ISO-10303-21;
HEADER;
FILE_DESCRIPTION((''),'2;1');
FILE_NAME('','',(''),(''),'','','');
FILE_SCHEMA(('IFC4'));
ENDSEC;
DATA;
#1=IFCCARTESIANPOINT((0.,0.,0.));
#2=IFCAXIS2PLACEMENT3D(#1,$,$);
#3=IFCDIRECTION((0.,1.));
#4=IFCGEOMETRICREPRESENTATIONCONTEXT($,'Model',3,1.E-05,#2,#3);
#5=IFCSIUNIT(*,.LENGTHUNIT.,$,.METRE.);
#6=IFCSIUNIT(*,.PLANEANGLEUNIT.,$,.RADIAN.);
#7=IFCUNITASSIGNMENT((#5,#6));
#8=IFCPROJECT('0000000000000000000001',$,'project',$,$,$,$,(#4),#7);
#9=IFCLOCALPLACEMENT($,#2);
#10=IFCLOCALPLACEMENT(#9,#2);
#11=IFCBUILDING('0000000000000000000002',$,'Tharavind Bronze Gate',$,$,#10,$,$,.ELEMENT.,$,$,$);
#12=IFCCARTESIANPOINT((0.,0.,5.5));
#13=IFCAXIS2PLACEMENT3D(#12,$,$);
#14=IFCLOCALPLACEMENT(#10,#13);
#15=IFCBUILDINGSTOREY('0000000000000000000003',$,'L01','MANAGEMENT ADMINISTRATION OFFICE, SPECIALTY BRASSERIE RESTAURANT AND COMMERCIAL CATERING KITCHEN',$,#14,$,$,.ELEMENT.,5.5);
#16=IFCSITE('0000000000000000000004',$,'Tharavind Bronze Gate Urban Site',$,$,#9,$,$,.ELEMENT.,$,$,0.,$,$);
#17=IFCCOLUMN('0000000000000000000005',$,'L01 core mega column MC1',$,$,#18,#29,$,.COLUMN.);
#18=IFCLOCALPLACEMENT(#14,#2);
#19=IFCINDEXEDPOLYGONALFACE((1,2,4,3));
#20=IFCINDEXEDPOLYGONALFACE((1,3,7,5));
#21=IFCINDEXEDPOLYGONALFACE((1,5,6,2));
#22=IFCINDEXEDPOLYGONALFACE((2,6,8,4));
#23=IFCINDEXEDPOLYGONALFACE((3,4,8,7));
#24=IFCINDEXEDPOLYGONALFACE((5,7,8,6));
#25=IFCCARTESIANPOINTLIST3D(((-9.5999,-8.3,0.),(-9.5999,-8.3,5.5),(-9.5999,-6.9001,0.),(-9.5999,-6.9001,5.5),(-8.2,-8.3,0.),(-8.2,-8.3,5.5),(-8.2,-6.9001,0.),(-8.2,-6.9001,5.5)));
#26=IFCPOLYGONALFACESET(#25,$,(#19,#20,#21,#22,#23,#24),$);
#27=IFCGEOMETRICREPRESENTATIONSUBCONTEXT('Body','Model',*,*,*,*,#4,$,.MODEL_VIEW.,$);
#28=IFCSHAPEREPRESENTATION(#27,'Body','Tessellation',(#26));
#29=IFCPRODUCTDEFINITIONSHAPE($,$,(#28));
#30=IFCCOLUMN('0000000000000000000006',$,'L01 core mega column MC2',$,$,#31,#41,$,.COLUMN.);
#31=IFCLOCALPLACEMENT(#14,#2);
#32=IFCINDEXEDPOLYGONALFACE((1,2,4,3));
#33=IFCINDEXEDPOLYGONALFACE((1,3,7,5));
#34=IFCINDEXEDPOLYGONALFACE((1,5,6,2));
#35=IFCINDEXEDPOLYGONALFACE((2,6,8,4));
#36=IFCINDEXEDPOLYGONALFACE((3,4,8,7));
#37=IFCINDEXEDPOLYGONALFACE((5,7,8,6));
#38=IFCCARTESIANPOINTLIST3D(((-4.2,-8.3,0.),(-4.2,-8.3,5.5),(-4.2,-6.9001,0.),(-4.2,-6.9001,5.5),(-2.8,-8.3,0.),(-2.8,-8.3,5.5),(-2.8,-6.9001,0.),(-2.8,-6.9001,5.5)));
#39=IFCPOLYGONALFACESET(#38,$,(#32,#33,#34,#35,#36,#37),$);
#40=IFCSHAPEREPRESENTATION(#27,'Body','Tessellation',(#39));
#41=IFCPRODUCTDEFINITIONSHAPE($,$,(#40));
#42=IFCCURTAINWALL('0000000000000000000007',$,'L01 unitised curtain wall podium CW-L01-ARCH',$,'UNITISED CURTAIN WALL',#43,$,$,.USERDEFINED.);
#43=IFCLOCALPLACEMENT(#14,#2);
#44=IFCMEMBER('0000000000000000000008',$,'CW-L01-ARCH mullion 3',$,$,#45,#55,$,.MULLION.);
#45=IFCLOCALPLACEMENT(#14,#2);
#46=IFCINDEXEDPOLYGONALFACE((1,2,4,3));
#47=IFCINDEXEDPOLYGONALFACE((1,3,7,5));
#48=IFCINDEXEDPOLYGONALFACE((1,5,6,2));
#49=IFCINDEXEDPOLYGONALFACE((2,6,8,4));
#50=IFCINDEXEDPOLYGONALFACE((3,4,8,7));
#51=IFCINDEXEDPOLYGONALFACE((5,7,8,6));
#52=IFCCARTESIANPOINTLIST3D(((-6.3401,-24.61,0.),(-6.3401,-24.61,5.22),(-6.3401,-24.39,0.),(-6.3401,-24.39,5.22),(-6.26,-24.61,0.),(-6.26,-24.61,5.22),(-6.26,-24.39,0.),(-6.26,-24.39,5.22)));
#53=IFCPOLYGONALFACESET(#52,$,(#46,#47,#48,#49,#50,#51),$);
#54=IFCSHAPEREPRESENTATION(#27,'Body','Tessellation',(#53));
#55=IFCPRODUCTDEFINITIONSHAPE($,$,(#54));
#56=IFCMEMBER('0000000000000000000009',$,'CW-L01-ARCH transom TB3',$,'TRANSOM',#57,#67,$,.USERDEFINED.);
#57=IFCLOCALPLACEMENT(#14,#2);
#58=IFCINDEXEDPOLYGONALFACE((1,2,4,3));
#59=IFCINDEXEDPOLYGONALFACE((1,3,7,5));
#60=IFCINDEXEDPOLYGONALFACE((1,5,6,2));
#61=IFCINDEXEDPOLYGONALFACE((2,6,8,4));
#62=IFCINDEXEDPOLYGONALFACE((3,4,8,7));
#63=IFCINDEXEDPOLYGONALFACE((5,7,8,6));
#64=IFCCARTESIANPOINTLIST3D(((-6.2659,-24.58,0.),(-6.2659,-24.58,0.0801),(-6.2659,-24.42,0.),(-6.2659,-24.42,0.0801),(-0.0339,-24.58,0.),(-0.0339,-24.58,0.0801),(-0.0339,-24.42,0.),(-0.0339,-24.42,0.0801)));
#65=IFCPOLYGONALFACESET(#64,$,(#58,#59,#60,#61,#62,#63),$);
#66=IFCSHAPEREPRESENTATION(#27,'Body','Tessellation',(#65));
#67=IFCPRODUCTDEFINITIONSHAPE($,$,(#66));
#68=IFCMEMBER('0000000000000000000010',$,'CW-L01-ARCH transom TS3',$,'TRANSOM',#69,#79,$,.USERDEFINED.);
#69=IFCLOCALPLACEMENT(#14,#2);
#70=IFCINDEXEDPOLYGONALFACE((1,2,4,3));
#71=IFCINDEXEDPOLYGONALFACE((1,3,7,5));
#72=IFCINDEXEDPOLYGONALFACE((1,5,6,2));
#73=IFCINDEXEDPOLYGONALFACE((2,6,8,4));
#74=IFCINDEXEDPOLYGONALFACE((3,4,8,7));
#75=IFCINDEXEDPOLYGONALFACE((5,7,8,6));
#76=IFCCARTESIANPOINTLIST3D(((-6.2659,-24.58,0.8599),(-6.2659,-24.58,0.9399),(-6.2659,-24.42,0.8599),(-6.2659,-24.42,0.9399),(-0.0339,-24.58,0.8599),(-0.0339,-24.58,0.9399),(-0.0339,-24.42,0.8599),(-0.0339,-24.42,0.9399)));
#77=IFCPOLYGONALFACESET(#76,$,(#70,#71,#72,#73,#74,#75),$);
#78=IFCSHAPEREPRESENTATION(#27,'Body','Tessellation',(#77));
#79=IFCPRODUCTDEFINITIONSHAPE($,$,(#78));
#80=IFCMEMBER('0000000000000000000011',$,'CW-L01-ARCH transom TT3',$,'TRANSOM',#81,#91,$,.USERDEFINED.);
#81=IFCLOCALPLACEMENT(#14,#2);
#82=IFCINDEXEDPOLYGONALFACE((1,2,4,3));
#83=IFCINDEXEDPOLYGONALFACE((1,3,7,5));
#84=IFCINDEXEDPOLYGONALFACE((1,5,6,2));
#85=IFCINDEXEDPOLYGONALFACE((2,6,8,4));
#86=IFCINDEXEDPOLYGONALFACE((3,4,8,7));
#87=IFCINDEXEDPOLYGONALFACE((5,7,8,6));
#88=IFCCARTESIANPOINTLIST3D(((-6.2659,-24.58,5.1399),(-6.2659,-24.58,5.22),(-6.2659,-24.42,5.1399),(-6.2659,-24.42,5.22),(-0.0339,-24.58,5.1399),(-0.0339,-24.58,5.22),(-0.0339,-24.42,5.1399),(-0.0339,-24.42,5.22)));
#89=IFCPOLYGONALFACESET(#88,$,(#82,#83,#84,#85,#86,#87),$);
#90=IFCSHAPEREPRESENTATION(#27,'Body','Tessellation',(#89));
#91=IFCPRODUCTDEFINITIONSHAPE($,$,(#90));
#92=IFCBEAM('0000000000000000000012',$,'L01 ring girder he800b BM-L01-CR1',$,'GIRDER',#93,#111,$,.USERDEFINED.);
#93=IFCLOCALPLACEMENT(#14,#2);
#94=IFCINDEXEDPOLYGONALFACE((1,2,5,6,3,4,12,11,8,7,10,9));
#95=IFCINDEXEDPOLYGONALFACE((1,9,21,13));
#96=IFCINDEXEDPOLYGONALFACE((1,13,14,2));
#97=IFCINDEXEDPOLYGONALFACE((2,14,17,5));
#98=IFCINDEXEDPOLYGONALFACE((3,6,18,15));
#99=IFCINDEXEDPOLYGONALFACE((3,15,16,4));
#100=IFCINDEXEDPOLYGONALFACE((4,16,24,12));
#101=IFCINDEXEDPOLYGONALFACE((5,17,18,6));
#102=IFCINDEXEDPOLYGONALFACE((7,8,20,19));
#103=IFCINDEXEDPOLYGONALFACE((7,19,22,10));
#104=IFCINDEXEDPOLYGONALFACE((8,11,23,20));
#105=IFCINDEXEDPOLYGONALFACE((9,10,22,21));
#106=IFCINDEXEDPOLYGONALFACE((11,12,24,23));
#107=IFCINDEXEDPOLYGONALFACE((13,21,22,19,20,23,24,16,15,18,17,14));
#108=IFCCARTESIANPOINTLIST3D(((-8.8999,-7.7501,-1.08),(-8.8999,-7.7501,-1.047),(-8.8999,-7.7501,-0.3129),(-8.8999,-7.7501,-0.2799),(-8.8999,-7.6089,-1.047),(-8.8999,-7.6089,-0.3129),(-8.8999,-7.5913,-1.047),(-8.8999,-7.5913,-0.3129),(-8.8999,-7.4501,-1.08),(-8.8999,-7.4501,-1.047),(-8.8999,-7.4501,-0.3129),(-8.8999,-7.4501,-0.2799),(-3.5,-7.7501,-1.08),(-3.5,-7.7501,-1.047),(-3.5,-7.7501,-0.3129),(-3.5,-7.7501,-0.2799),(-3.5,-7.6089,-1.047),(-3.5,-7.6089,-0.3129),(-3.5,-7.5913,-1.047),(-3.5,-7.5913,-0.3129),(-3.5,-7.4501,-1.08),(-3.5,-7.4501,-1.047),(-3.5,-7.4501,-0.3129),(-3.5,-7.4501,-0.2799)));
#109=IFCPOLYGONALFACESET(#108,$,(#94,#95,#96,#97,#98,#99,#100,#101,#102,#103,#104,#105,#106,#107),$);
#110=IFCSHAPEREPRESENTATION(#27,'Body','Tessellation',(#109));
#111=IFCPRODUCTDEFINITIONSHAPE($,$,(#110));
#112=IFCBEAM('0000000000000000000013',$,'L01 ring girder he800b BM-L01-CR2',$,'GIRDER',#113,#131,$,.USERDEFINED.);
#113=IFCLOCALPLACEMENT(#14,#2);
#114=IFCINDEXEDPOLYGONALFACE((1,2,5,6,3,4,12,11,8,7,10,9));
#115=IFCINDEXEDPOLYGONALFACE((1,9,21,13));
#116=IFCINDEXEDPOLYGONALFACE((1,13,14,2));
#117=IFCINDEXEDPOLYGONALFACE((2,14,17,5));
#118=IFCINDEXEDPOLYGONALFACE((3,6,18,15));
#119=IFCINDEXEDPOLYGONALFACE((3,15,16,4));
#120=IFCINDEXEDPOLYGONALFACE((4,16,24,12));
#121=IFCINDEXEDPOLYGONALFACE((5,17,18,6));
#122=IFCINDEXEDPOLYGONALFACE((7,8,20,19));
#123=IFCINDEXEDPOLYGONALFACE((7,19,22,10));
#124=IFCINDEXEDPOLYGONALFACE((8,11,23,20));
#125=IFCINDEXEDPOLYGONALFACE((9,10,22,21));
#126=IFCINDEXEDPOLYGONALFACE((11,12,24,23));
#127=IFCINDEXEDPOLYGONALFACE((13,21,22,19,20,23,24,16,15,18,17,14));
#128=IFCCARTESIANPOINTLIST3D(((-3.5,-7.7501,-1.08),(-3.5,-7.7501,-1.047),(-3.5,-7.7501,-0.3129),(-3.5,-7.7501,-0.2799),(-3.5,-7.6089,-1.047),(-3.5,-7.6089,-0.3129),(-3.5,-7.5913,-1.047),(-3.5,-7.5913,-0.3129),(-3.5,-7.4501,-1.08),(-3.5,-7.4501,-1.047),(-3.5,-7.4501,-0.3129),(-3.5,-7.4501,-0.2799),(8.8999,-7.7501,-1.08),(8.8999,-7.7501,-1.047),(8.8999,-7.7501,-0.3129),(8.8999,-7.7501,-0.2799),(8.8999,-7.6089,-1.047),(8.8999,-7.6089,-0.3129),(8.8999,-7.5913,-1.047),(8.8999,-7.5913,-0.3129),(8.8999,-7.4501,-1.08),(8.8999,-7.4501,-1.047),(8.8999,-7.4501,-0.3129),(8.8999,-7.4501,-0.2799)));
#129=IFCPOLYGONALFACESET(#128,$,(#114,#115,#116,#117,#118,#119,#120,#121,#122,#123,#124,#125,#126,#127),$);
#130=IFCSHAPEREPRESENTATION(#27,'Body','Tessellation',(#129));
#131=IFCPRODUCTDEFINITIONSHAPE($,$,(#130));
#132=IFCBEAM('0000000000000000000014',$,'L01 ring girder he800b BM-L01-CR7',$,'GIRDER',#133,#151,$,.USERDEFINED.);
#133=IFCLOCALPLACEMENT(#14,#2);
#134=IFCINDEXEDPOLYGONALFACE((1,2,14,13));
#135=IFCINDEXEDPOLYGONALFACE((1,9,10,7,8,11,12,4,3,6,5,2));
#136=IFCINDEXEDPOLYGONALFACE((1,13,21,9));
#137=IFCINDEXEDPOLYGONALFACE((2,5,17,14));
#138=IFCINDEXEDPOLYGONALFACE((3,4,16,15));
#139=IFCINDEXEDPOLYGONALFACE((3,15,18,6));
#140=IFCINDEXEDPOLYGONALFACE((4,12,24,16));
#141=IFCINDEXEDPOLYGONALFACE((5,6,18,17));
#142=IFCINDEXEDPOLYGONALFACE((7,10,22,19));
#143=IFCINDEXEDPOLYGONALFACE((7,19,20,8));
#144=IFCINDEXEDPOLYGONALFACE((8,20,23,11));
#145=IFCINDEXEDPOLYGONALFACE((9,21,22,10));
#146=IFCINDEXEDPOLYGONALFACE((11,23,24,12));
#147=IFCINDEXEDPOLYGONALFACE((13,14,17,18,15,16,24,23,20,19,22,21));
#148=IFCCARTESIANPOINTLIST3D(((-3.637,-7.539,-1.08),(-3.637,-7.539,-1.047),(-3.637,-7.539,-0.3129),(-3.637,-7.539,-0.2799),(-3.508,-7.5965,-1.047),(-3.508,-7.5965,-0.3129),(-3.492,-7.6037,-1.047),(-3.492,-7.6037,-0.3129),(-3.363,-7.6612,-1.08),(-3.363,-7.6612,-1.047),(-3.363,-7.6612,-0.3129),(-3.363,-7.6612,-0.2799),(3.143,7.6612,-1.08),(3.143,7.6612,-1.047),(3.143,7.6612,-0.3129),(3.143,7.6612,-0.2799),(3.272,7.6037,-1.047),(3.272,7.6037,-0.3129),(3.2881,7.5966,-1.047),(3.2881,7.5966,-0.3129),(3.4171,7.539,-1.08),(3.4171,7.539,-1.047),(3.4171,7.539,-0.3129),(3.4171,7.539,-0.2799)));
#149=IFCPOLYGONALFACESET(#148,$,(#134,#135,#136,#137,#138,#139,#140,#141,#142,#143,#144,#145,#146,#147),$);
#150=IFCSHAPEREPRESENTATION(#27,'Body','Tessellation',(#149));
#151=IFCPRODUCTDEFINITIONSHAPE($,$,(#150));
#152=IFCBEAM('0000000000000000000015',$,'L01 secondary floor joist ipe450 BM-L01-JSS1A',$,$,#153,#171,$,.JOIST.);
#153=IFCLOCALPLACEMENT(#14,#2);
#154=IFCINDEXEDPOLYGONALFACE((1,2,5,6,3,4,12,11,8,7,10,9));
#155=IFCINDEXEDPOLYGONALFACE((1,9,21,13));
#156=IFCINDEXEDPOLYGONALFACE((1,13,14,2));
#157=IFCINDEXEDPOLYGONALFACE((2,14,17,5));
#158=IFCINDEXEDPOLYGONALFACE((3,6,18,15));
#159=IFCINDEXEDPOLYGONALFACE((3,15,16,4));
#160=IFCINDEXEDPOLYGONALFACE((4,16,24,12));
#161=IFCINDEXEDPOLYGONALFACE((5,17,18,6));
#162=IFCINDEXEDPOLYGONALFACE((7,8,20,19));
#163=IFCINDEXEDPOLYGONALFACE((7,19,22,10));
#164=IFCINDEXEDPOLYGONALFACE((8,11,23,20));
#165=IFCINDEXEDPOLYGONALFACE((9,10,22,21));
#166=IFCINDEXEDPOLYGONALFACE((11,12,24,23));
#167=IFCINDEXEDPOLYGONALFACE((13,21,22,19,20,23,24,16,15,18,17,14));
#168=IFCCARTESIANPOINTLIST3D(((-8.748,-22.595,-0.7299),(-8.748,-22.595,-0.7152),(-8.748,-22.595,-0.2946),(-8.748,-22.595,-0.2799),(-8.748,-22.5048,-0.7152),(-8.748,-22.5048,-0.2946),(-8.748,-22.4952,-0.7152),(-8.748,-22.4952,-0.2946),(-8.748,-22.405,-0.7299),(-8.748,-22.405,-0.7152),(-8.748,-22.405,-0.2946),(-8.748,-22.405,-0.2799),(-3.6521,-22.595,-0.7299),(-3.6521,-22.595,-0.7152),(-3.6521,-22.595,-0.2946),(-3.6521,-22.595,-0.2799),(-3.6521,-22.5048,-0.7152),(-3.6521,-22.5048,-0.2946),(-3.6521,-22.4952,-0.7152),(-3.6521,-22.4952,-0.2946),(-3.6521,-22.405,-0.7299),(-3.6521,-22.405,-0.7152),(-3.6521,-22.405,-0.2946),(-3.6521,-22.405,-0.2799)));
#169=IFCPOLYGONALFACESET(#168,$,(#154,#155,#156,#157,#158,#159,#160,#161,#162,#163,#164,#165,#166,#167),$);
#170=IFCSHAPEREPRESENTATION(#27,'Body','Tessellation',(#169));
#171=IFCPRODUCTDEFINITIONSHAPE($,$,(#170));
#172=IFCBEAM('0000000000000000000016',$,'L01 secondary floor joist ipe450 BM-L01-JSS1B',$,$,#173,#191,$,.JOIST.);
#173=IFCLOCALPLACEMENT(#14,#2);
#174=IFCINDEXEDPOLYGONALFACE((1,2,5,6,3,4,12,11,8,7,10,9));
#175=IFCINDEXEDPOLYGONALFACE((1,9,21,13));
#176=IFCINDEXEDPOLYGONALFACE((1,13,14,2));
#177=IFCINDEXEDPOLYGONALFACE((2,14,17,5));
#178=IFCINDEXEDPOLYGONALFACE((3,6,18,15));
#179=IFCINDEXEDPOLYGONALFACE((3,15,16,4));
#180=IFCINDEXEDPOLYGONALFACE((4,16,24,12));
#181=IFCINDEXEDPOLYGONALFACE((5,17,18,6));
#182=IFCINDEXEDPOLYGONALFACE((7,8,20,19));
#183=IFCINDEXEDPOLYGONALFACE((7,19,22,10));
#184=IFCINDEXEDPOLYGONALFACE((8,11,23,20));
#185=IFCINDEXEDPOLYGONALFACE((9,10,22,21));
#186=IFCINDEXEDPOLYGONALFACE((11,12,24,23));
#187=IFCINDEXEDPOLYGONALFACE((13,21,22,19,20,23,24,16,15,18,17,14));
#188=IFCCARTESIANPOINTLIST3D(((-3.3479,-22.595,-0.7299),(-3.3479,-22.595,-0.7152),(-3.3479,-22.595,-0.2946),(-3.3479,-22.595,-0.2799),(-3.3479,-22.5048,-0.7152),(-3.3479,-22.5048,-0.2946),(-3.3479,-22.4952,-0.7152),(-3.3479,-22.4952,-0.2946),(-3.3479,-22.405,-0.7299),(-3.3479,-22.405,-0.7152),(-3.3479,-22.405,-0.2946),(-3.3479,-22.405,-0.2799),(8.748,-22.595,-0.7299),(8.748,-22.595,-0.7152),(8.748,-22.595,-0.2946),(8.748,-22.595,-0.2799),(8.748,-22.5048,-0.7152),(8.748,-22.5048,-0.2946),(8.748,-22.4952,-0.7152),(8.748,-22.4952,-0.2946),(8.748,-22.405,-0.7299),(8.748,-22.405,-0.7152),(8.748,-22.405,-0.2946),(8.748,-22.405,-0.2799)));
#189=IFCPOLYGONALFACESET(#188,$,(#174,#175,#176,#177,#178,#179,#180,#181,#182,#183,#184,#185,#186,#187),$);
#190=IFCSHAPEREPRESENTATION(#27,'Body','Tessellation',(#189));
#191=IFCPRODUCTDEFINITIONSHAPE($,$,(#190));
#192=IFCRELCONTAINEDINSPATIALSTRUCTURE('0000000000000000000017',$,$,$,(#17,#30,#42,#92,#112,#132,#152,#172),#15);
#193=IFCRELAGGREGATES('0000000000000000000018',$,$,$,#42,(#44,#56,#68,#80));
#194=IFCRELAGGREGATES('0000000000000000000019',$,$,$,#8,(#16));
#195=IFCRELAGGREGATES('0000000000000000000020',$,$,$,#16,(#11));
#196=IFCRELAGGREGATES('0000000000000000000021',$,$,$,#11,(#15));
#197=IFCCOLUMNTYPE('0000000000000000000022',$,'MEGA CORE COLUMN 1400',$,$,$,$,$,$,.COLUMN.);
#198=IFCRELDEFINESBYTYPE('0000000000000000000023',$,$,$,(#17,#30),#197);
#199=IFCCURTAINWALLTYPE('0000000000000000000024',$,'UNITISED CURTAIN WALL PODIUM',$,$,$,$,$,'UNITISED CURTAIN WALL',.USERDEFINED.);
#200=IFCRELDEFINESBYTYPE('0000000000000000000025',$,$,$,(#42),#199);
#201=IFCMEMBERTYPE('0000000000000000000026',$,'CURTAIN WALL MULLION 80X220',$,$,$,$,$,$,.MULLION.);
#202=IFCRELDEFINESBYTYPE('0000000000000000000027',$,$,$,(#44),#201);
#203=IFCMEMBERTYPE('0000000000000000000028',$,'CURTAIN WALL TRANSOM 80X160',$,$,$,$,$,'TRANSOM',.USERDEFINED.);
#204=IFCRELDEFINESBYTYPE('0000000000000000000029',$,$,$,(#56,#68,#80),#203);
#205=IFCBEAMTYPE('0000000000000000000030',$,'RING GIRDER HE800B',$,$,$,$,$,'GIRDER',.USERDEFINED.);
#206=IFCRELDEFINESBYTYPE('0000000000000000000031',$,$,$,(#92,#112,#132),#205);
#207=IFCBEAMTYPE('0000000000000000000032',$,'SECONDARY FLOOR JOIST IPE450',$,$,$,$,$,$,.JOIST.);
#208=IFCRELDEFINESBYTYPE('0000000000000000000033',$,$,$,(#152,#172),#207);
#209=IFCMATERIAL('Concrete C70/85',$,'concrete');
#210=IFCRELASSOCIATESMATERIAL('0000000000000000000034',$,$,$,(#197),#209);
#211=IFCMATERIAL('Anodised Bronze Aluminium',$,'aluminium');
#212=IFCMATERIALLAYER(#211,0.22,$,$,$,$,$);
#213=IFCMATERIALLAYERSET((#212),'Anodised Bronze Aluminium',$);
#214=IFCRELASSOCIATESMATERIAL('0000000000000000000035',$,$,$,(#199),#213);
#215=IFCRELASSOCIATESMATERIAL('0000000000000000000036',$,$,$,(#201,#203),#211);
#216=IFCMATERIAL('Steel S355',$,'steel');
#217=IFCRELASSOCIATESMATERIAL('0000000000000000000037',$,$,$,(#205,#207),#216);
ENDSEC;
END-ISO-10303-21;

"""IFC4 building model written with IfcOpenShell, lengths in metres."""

from ifc_helpers import new_model, si_unit, direction, frame, origin, origin_2d, place, context, subcontext, project, spatial, rectangle, i_section, extrude, material, layer, layer_set, material_profile, profile_set, type_object, element, aggregate, save


model = new_model("IFC4")

# Units and contexts
model_context = context("Model", 3, precision=1e-05, world=origin(), true_north=direction((0.0, 1.0)))
body_context = subcontext(model_context, "Body", "Model", "MODEL_VIEW")
ifc_project = project(units=[si_unit("LENGTHUNIT", "METRE"), si_unit("PLANEANGLEUNIT", "RADIAN")], contexts=[model_context])

# Site, building, storey
site_placement = place(None, origin())
site = spatial("IfcSite", under=ifc_project, at=site_placement, Name="Tharavind Bronze Gate Urban Site", CompositionType="ELEMENT", RefElevation=0.0)
building_placement = place(site_placement, origin())
building = spatial("IfcBuilding", under=site, at=building_placement, Name="Tharavind Bronze Gate", CompositionType="ELEMENT")
storey_placement = place(building_placement, frame((0.0, 0.0, 5.5)))
storey = spatial("IfcBuildingStorey", under=building, at=storey_placement, Name="L01", Description="MANAGEMENT ADMINISTRATION OFFICE, SPECIALTY BRASSERIE RESTAURANT AND COMMERCIAL CATERING KITCHEN", CompositionType="ELEMENT", Elevation=5.5)

# Columns
ifc_material_1 = material(Name="Concrete C70/85", Category="concrete")
ifc_material_profile_1 = material_profile(ifc_material_1, rectangle(XDim=1.3999, YDim=1.3999, at=origin_2d()), Name="RCCOL1400")
ifc_profile_set_1 = profile_set([ifc_material_profile_1], Name="Concrete C70/85")
column_type = type_object("IfcColumnType", Name="MEGA CORE COLUMN 1400", PredefinedType="COLUMN", material=ifc_profile_set_1)
for number, where, z_axis, x_axis, name in (
    (1, (-8.8999, -7.6001, 0.0), (0.0, 0.0, 1.0), (1.0, 0.0, 0.0), "L01 core mega column MC1"),
    (2, (-3.5, -7.6001, 0.0), (0.0, 0.0, 1.0), (1.0, 0.0, 0.0), "L01 core mega column MC2"),
):
    element("IfcColumn", number, at=place(storey_placement, frame(where, z_axis=z_axis, x_axis=x_axis)), inside=storey, type_object=column_type, Name=name, PredefinedType="COLUMN", context=body_context, shape_type="SweptSolid", body=[
        extrude(rectangle(XDim=1.3999, YDim=1.3999, at=origin_2d()), origin(), (0.0, 0.0, 1.0), 5.5),
    ])

# Curtain wall, members
ifc_material_2 = material(Name="Anodised Bronze Aluminium", Category="aluminium")
ifc_layer_1 = layer(ifc_material_2, 0.22)
ifc_layer_set_1 = layer_set([ifc_layer_1], Name="Anodised Bronze Aluminium")
curtain_wall_type = type_object("IfcCurtainWallType", Name="UNITISED CURTAIN WALL PODIUM", ElementType="UNITISED CURTAIN WALL", PredefinedType="USERDEFINED", material=ifc_layer_set_1)
curtain_wall_placement = place(storey_placement, origin())
curtain_wall = element("IfcCurtainWall", 3, at=curtain_wall_placement, inside=storey, type_object=curtain_wall_type, Name="L01 unitised curtain wall podium CW-L01-ARCH", ObjectType="UNITISED CURTAIN WALL", PredefinedType="USERDEFINED")
member_type_1 = type_object("IfcMemberType", Name="CURTAIN WALL MULLION 80X220", PredefinedType="MULLION", material=ifc_material_2)
member_1_placement = place(storey_placement, frame((-6.3, -24.5, 0.0), z_axis=(0.0, 0.0, 1.0), x_axis=(1.0, 0.0, 0.0)))
member_1 = element("IfcMember", 4, at=member_1_placement, type_object=member_type_1, Name="CW-L01-ARCH mullion 3", PredefinedType="MULLION", context=body_context, shape_type="SweptSolid", body=[
    extrude(rectangle(XDim=0.0801, YDim=0.22, at=origin_2d()), origin(), (0.0, 0.0, 1.0), 5.22),
])
member_type_2 = type_object("IfcMemberType", Name="CURTAIN WALL TRANSOM 80X160", ElementType="TRANSOM", PredefinedType="USERDEFINED", material=ifc_material_2)
member_2_placement = place(storey_placement, frame((-3.1499, -24.5, 0.0), z_axis=(0.0, 0.0, 1.0), x_axis=(1.0, 0.0, 0.0)))
member_2 = element("IfcMember", 5, at=member_2_placement, type_object=member_type_2, Name="CW-L01-ARCH transom TB3", ObjectType="TRANSOM", PredefinedType="USERDEFINED", context=body_context, shape_type="SweptSolid", body=[
    extrude(rectangle(XDim=6.2319, YDim=0.1599, at=origin_2d()), origin(), (0.0, 0.0, 1.0), 0.0801),
])
member_3_placement = place(storey_placement, frame((-3.1499, -24.5, 0.8599), z_axis=(0.0, 0.0, 1.0), x_axis=(1.0, 0.0, 0.0)))
member_3 = element("IfcMember", 6, at=member_3_placement, type_object=member_type_2, Name="CW-L01-ARCH transom TS3", ObjectType="TRANSOM", PredefinedType="USERDEFINED", context=body_context, shape_type="SweptSolid", body=[
    extrude(rectangle(XDim=6.2319, YDim=0.1599, at=origin_2d()), origin(), (0.0, 0.0, 1.0), 0.0801),
])
member_4_placement = place(storey_placement, frame((-3.1499, -24.5, 5.1399), z_axis=(0.0, 0.0, 1.0), x_axis=(1.0, 0.0, 0.0)))
member_4 = element("IfcMember", 7, at=member_4_placement, type_object=member_type_2, Name="CW-L01-ARCH transom TT3", ObjectType="TRANSOM", PredefinedType="USERDEFINED", context=body_context, shape_type="SweptSolid", body=[
    extrude(rectangle(XDim=6.2319, YDim=0.1599, at=origin_2d()), origin(), (0.0, 0.0, 1.0), 0.0801),
])

# Beams
ifc_material_3 = material(Name="Steel S355", Category="steel")
ifc_material_profile_2 = material_profile(ifc_material_3, i_section(OverallWidth=0.3, OverallDepth=0.8, WebThickness=0.0176, FlangeThickness=0.033, at=origin_2d()), Name="HE800B")
ifc_profile_set_2 = profile_set([ifc_material_profile_2], Name="Steel S355")
beam_type_1 = type_object("IfcBeamType", Name="RING GIRDER HE800B", ElementType="GIRDER", PredefinedType="USERDEFINED", material=ifc_profile_set_2)
beam_1_placement = place(storey_placement, frame((-8.8999, -7.6001, -0.6799), z_axis=(1.0, 0.0, 0.0), x_axis=(0.0, 1.0, 0.0)))
element("IfcBeam", 8, at=beam_1_placement, inside=storey, type_object=beam_type_1, Name="L01 ring girder he800b BM-L01-CR1", ObjectType="GIRDER", PredefinedType="USERDEFINED", context=body_context, shape_type="SweptSolid", body=[
    extrude(i_section(OverallWidth=0.3, OverallDepth=0.8, WebThickness=0.0176, FlangeThickness=0.033, at=origin_2d()), origin(), (0.0, 0.0, 1.0), 5.3999),
])
beam_2_placement = place(storey_placement, frame((-3.5, -7.6001, -0.6799), z_axis=(1.0, 0.0, 0.0), x_axis=(0.0, 1.0, 0.0)))
element("IfcBeam", 9, at=beam_2_placement, inside=storey, type_object=beam_type_1, Name="L01 ring girder he800b BM-L01-CR2", ObjectType="GIRDER", PredefinedType="USERDEFINED", context=body_context, shape_type="SweptSolid", body=[
    extrude(i_section(OverallWidth=0.3, OverallDepth=0.8, WebThickness=0.0176, FlangeThickness=0.033, at=origin_2d()), origin(), (0.0, 0.0, 1.0), 12.3999),
])
beam_3_placement = place(storey_placement, frame((-3.5, -7.6001, -0.6799), z_axis=(0.407362, 0.913267, 0.0), x_axis=(-0.913267, 0.407362, 0.0)))
element("IfcBeam", 10, at=beam_3_placement, inside=storey, type_object=beam_type_1, Name="L01 ring girder he800b BM-L01-CR7", ObjectType="GIRDER", PredefinedType="USERDEFINED", context=body_context, shape_type="SweptSolid", body=[
    extrude(i_section(OverallWidth=0.3, OverallDepth=0.8, WebThickness=0.0176, FlangeThickness=0.033, at=origin_2d()), origin(), (0.0, 0.0, 1.0), 16.6438),
])
ifc_material_profile_3 = material_profile(ifc_material_3, i_section(OverallWidth=0.1899, OverallDepth=0.45, WebThickness=0.0095, FlangeThickness=0.0146, at=origin_2d()), Name="IPE450")
ifc_profile_set_3 = profile_set([ifc_material_profile_3], Name="Steel S355")
beam_type_2 = type_object("IfcBeamType", Name="SECONDARY FLOOR JOIST IPE450", PredefinedType="JOIST", material=ifc_profile_set_3)
beam_4_placement = place(storey_placement, frame((-8.748, -22.5, -0.5049), z_axis=(1.0, 0.0, 0.0), x_axis=(0.0, 1.0, 0.0)))
element("IfcBeam", 11, at=beam_4_placement, inside=storey, type_object=beam_type_2, Name="L01 secondary floor joist ipe450 BM-L01-JSS1A", PredefinedType="JOIST", context=body_context, shape_type="SweptSolid", body=[
    extrude(i_section(OverallWidth=0.1899, OverallDepth=0.45, WebThickness=0.0095, FlangeThickness=0.0146, at=origin_2d()), origin(), (0.0, 0.0, 1.0), 5.0959),
])
beam_5_placement = place(storey_placement, frame((-3.3479, -22.5, -0.5049), z_axis=(1.0, 0.0, 0.0), x_axis=(0.0, 1.0, 0.0)))
element("IfcBeam", 12, at=beam_5_placement, inside=storey, type_object=beam_type_2, Name="L01 secondary floor joist ipe450 BM-L01-JSS1B", PredefinedType="JOIST", context=body_context, shape_type="SweptSolid", body=[
    extrude(i_section(OverallWidth=0.1899, OverallDepth=0.45, WebThickness=0.0095, FlangeThickness=0.0146, at=origin_2d()), origin(), (0.0, 0.0, 1.0), 12.0959),
])

aggregate(curtain_wall, [member_1, member_2, member_3, member_4])

save(model, "model.ifc")
